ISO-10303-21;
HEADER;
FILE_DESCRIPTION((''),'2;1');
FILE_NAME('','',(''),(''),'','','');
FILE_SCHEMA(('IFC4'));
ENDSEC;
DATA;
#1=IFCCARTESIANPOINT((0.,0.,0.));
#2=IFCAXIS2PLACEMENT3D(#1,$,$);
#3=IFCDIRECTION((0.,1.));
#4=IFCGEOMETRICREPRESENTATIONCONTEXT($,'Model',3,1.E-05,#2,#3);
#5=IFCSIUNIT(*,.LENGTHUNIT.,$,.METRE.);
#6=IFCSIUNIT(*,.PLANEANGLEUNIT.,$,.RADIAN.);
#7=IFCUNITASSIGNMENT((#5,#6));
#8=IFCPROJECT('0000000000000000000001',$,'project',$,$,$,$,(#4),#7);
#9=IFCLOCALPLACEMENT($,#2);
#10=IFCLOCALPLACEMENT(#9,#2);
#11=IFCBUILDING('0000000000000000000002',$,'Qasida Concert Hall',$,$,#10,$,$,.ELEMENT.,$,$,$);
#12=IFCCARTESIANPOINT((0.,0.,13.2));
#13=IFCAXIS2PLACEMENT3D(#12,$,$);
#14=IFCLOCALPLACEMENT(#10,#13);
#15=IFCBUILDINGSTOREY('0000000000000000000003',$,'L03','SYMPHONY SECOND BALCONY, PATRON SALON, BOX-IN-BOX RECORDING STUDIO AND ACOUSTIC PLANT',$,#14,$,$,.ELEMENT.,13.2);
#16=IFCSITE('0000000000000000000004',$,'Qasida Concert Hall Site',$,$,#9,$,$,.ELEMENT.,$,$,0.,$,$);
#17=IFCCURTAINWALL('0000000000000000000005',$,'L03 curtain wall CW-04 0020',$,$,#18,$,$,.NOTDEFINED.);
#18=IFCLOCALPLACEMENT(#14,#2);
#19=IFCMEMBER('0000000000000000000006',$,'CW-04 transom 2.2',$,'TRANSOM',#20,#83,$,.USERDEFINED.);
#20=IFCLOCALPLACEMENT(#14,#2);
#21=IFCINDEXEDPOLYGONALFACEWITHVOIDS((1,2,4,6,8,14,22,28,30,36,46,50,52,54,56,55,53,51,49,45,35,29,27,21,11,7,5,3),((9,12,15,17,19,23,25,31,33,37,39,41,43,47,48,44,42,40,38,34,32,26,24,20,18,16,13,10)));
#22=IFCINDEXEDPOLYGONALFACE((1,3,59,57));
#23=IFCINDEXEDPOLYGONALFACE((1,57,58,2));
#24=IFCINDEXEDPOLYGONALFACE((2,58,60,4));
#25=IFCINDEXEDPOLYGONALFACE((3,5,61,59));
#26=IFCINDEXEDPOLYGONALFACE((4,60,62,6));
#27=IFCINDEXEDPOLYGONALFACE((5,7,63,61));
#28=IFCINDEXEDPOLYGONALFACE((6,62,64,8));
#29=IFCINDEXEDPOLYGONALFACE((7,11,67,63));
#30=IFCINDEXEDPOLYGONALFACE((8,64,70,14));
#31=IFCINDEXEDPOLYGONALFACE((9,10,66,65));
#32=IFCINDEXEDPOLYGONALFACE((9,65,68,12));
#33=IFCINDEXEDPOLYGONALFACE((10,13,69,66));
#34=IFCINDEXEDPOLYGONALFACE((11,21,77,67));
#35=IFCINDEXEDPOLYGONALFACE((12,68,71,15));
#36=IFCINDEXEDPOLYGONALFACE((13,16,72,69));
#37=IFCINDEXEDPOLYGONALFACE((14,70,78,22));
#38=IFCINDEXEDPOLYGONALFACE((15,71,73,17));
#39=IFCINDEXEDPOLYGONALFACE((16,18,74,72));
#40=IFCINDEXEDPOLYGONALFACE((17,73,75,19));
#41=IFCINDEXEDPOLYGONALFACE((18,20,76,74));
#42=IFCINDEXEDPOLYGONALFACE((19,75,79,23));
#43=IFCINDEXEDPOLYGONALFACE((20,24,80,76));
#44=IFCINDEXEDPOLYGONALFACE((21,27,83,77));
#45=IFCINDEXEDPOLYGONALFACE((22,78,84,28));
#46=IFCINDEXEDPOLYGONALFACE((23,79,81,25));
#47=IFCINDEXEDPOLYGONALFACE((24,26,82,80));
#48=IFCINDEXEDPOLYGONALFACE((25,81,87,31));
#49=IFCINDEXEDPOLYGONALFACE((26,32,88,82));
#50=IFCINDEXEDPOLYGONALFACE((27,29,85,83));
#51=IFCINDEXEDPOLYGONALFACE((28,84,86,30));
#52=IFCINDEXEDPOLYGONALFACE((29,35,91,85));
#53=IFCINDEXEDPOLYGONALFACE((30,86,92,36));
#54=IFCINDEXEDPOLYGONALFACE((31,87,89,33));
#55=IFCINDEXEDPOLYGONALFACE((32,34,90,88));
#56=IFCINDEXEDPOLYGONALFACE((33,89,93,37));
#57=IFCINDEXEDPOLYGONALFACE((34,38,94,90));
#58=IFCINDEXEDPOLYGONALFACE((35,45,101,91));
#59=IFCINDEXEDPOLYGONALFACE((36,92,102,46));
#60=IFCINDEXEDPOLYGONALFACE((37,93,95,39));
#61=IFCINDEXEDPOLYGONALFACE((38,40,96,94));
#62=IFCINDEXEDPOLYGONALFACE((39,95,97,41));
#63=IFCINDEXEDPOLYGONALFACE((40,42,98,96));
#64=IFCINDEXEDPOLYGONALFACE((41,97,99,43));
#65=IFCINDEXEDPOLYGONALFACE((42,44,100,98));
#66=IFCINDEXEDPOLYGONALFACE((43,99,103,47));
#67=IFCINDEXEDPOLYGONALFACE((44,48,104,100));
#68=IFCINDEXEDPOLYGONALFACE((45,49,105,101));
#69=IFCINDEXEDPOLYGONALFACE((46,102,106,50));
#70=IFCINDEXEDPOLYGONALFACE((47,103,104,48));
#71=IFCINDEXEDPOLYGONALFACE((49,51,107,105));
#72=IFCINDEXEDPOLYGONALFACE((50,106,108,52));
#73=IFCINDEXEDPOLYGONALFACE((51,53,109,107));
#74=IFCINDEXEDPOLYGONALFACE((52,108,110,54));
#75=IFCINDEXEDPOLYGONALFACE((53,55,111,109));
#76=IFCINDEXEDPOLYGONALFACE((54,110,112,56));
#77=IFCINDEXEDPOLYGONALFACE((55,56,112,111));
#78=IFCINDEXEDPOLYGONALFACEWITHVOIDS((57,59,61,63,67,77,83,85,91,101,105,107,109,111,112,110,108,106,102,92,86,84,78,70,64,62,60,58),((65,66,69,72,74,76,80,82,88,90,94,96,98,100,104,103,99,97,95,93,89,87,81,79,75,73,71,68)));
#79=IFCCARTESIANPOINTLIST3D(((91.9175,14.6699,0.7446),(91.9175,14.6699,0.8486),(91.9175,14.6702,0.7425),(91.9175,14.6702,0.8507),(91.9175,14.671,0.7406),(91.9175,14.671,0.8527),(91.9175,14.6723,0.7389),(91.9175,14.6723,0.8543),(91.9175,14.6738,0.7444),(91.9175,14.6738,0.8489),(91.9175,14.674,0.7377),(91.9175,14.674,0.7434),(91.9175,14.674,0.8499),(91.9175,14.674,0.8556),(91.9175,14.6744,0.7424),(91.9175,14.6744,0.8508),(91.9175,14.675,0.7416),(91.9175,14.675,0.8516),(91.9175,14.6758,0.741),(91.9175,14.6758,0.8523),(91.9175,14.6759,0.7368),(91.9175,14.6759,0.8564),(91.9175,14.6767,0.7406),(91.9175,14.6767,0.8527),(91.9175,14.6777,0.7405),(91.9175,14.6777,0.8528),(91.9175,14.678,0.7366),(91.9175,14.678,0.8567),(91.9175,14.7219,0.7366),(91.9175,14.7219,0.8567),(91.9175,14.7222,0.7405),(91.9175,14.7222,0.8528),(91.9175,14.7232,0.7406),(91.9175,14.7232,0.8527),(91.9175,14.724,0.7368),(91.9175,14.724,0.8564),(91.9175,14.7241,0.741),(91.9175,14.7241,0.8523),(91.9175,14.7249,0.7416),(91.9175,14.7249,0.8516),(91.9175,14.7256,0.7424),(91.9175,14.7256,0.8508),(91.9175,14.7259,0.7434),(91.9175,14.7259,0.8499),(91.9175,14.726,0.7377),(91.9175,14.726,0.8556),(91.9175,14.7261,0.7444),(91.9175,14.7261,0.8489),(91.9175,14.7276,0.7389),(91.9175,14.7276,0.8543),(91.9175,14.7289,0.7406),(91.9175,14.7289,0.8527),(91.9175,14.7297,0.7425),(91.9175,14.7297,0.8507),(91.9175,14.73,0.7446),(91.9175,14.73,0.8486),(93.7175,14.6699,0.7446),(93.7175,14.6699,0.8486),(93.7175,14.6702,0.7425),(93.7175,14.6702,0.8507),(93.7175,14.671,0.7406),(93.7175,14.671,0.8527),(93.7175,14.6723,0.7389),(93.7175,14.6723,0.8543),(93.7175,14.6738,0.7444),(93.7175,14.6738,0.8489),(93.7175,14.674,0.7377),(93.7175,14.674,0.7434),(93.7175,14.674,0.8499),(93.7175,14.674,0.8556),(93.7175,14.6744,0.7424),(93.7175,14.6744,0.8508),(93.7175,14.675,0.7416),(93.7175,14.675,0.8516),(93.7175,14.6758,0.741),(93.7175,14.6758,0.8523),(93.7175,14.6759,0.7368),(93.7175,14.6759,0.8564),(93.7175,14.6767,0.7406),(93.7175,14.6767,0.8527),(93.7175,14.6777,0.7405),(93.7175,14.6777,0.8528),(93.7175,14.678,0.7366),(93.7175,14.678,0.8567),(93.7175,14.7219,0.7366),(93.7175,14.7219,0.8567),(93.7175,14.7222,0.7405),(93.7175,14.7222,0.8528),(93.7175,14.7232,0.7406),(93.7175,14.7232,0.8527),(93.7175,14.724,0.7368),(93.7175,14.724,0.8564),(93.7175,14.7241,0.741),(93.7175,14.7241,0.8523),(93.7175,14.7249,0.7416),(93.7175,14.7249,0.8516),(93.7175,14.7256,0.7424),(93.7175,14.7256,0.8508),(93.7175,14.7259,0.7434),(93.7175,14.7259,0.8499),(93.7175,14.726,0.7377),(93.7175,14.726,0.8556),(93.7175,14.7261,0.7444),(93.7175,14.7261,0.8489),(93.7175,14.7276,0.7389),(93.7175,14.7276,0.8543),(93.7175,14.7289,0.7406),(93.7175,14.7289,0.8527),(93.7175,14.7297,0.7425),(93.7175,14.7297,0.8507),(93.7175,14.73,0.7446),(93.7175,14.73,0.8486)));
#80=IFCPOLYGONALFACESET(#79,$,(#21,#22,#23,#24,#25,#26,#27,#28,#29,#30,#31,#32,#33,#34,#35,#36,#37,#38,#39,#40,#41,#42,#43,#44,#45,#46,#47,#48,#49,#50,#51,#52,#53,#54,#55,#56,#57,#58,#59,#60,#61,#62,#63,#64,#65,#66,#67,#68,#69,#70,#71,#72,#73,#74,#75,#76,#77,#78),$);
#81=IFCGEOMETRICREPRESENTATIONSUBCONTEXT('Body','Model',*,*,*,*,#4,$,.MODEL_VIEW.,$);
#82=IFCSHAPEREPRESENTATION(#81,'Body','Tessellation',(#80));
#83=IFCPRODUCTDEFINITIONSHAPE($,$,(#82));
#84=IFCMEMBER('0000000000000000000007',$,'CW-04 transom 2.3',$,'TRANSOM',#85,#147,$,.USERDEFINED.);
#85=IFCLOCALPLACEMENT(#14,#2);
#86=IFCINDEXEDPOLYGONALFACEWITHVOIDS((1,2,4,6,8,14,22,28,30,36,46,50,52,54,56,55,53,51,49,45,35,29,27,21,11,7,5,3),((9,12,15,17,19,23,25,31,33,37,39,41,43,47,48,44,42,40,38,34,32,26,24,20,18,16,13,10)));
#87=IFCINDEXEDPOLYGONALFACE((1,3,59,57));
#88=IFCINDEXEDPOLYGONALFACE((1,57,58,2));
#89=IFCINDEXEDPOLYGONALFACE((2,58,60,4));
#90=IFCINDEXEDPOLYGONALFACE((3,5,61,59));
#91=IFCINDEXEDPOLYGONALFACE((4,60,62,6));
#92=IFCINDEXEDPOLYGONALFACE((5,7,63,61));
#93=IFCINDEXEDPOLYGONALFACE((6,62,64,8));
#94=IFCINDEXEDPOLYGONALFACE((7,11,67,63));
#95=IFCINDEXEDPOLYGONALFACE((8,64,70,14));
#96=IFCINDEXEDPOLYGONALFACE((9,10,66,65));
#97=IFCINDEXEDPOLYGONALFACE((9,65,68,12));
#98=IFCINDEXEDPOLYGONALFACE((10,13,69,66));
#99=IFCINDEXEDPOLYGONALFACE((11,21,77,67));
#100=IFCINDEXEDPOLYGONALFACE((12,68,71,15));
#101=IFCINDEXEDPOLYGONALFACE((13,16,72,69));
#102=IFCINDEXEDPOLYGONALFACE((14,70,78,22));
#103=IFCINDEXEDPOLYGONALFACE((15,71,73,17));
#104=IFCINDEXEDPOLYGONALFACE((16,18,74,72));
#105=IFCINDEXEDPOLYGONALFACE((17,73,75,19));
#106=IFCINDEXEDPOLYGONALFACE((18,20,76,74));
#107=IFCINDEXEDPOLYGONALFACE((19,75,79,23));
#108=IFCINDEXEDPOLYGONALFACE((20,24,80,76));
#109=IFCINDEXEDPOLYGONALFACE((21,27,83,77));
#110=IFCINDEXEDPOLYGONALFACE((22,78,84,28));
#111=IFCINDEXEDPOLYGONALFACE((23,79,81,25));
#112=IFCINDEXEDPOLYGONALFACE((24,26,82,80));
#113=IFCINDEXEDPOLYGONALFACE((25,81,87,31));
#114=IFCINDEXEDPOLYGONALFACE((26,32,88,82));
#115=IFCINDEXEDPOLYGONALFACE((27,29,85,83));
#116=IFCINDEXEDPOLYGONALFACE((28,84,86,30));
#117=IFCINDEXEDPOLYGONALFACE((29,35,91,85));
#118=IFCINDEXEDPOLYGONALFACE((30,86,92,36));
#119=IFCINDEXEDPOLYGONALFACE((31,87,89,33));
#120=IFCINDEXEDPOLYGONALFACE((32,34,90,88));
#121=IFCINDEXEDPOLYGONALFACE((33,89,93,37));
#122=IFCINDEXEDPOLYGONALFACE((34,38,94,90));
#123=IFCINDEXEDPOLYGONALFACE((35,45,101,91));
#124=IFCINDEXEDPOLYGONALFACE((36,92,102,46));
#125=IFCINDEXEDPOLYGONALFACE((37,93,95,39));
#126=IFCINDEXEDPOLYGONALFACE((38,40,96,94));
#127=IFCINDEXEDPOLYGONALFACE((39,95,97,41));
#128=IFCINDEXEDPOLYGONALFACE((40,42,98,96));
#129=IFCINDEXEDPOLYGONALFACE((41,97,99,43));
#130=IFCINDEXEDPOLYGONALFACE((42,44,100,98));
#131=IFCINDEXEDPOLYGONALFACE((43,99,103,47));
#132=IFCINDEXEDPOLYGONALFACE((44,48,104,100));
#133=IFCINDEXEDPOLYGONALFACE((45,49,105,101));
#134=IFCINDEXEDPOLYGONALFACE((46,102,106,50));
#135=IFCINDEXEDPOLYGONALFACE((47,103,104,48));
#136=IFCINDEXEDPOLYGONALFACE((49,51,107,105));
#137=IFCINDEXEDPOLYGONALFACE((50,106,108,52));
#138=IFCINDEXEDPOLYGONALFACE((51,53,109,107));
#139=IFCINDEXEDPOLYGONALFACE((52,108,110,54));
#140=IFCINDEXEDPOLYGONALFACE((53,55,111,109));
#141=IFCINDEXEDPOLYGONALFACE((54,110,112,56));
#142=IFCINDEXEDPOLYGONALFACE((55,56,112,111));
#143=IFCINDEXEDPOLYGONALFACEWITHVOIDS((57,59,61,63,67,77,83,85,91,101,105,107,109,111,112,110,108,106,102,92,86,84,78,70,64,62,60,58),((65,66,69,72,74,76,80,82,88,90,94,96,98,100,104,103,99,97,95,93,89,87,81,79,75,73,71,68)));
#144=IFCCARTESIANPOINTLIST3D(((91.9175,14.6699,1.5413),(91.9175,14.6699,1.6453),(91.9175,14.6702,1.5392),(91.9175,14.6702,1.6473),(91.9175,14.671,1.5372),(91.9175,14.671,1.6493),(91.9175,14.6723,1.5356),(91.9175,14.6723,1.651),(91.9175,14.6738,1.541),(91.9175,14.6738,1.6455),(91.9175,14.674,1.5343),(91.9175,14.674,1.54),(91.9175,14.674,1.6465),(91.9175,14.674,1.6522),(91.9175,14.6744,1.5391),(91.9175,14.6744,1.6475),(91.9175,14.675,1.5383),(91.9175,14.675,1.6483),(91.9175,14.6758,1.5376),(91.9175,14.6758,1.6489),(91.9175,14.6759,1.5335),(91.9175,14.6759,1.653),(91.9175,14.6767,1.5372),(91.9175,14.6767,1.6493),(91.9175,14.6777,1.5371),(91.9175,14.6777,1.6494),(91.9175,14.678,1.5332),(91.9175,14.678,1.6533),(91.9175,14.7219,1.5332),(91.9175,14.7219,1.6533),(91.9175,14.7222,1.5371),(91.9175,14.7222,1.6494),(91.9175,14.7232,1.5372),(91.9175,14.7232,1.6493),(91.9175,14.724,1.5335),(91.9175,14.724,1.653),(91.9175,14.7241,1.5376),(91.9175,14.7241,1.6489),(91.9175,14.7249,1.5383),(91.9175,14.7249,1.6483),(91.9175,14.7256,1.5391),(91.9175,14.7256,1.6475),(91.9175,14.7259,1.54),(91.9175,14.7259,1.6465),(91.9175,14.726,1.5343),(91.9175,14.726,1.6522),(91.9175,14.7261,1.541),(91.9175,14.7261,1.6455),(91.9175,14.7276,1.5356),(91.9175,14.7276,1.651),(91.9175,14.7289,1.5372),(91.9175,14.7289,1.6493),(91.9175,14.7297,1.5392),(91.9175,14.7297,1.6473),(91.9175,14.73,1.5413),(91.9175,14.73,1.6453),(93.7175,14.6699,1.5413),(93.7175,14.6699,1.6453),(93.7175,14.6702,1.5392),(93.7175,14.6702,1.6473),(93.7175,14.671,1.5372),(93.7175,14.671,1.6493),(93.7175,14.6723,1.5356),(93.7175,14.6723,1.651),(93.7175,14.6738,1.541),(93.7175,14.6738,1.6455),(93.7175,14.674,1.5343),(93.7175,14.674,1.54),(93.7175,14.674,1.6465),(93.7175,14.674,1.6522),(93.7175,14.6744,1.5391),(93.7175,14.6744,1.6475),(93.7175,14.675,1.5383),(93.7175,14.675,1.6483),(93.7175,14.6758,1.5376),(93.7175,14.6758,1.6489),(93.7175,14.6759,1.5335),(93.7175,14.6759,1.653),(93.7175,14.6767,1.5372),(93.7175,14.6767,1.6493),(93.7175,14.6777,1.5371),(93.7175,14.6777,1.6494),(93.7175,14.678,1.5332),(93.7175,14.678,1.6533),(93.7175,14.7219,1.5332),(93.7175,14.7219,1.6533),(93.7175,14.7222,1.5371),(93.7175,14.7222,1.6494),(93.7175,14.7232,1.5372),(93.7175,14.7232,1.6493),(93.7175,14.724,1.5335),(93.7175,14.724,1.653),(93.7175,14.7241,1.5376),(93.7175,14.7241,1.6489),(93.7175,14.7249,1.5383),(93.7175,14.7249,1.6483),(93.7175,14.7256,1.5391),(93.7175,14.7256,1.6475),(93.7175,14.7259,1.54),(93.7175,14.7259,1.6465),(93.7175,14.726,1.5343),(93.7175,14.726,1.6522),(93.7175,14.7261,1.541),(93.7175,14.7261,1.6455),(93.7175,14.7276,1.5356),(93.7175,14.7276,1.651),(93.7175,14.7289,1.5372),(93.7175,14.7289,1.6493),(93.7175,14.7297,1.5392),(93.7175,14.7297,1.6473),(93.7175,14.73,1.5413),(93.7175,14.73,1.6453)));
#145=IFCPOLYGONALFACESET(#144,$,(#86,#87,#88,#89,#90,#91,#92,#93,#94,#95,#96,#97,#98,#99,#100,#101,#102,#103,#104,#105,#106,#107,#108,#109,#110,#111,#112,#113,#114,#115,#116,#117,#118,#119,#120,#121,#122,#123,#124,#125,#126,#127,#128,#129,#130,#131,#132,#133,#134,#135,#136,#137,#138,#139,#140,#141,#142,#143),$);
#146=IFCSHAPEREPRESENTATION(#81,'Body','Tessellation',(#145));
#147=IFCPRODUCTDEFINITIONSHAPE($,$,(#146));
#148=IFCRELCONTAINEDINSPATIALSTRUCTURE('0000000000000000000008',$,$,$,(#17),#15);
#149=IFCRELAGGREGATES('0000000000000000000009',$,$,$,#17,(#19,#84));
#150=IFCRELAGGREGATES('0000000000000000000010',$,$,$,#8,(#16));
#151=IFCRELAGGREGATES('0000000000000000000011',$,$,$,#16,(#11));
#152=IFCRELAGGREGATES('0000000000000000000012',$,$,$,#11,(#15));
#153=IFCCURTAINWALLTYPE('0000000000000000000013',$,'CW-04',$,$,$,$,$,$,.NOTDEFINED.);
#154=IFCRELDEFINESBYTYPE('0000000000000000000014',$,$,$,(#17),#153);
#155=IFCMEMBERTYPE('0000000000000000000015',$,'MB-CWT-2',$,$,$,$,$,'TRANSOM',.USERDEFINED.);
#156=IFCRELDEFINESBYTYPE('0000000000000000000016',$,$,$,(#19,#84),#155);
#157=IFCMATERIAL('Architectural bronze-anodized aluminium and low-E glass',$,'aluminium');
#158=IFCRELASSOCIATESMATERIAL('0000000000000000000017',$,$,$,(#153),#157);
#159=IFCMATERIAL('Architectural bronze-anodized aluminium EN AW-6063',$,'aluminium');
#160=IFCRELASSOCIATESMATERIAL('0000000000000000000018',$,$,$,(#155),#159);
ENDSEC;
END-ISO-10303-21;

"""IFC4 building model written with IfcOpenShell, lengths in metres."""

from ifc_helpers import new_model, si_unit, direction, frame, origin, origin_2d, place, context, subcontext, project, spatial, hollow_rectangle, extrude, material, material_profile, profile_set, type_object, element, aggregate, save


model = new_model("IFC4")

# Units and contexts
model_context = context("Model", 3, precision=1e-05, world=origin(), true_north=direction((0.0, 1.0)))
body_context = subcontext(model_context, "Body", "Model", "MODEL_VIEW")
ifc_project = project(units=[si_unit("LENGTHUNIT", "METRE"), si_unit("PLANEANGLEUNIT", "RADIAN")], contexts=[model_context])

# Site, building, storey
site_placement = place(None, origin())
site = spatial("IfcSite", under=ifc_project, at=site_placement, Name="Qasida Concert Hall Site", CompositionType="ELEMENT", RefElevation=0.0)
building_placement = place(site_placement, origin())
building = spatial("IfcBuilding", under=site, at=building_placement, Name="Qasida Concert Hall", CompositionType="ELEMENT")
storey_placement = place(building_placement, frame((0.0, 0.0, 13.2)))
storey = spatial("IfcBuildingStorey", under=building, at=storey_placement, Name="L03", Description="SYMPHONY SECOND BALCONY, PATRON SALON, BOX-IN-BOX RECORDING STUDIO AND ACOUSTIC PLANT", CompositionType="ELEMENT", Elevation=13.2)

# Shared definitions
ifc_material_1 = material(Name="Architectural bronze-anodized aluminium and low-E glass", Category="aluminium")
curtain_wall_type = type_object("IfcCurtainWallType", Name="CW-04", PredefinedType="NOTDEFINED", material=ifc_material_1)
ifc_material_2 = material(Name="Architectural bronze-anodized aluminium EN AW-6063", Category="aluminium")

# Curtain wall, members
curtain_wall_1_placement = place(storey_placement, origin())
curtain_wall_1 = element("IfcCurtainWall", 1, at=curtain_wall_1_placement, inside=storey, type_object=curtain_wall_type, Name="L03 curtain wall CW-04 0020", PredefinedType="NOTDEFINED")
ifc_material_profile_1 = material_profile(ifc_material_2, hollow_rectangle(XDim=0.0601, YDim=0.1201, WallThickness=0.0039, InnerFilletRadius=0.0039, OuterFilletRadius=0.0081, at=origin_2d()), Name="CWT 120x60x4")
ifc_profile_set_1 = profile_set([ifc_material_profile_1], Name="Architectural bronze-anodized aluminium EN AW-6063")
member_type_1 = type_object("IfcMemberType", Name="MB-CWT-2", ElementType="TRANSOM", PredefinedType="USERDEFINED", material=ifc_profile_set_1)
member_1_placement = place(storey_placement, frame((91.9175, 14.7, 0.7966), z_axis=(1.0, 0.0, 0.0), x_axis=(0.0, 1.0, 0.0)))
member_1 = element("IfcMember", 2, at=member_1_placement, type_object=member_type_1, Name="CW-04 transom 2.2", ObjectType="TRANSOM", PredefinedType="USERDEFINED", context=body_context, shape_type="SweptSolid", body=[
    extrude(hollow_rectangle(XDim=0.0601, YDim=0.1201, WallThickness=0.0039, InnerFilletRadius=0.0039, OuterFilletRadius=0.0081, at=origin_2d()), origin(), (0.0, 0.0, 1.0), 1.8),
])
member_2_placement = place(storey_placement, frame((91.9175, 14.7, 1.5933), z_axis=(1.0, 0.0, 0.0), x_axis=(0.0, 1.0, 0.0)))
member_2 = element("IfcMember", 3, at=member_2_placement, type_object=member_type_1, Name="CW-04 transom 2.3", ObjectType="TRANSOM", PredefinedType="USERDEFINED", context=body_context, shape_type="SweptSolid", body=[
    extrude(hollow_rectangle(XDim=0.0601, YDim=0.1201, WallThickness=0.0039, InnerFilletRadius=0.0039, OuterFilletRadius=0.0081, at=origin_2d()), origin(), (0.0, 0.0, 1.0), 1.8),
])

aggregate(curtain_wall_1, [member_1, member_2])

save(model, "model.ifc")
